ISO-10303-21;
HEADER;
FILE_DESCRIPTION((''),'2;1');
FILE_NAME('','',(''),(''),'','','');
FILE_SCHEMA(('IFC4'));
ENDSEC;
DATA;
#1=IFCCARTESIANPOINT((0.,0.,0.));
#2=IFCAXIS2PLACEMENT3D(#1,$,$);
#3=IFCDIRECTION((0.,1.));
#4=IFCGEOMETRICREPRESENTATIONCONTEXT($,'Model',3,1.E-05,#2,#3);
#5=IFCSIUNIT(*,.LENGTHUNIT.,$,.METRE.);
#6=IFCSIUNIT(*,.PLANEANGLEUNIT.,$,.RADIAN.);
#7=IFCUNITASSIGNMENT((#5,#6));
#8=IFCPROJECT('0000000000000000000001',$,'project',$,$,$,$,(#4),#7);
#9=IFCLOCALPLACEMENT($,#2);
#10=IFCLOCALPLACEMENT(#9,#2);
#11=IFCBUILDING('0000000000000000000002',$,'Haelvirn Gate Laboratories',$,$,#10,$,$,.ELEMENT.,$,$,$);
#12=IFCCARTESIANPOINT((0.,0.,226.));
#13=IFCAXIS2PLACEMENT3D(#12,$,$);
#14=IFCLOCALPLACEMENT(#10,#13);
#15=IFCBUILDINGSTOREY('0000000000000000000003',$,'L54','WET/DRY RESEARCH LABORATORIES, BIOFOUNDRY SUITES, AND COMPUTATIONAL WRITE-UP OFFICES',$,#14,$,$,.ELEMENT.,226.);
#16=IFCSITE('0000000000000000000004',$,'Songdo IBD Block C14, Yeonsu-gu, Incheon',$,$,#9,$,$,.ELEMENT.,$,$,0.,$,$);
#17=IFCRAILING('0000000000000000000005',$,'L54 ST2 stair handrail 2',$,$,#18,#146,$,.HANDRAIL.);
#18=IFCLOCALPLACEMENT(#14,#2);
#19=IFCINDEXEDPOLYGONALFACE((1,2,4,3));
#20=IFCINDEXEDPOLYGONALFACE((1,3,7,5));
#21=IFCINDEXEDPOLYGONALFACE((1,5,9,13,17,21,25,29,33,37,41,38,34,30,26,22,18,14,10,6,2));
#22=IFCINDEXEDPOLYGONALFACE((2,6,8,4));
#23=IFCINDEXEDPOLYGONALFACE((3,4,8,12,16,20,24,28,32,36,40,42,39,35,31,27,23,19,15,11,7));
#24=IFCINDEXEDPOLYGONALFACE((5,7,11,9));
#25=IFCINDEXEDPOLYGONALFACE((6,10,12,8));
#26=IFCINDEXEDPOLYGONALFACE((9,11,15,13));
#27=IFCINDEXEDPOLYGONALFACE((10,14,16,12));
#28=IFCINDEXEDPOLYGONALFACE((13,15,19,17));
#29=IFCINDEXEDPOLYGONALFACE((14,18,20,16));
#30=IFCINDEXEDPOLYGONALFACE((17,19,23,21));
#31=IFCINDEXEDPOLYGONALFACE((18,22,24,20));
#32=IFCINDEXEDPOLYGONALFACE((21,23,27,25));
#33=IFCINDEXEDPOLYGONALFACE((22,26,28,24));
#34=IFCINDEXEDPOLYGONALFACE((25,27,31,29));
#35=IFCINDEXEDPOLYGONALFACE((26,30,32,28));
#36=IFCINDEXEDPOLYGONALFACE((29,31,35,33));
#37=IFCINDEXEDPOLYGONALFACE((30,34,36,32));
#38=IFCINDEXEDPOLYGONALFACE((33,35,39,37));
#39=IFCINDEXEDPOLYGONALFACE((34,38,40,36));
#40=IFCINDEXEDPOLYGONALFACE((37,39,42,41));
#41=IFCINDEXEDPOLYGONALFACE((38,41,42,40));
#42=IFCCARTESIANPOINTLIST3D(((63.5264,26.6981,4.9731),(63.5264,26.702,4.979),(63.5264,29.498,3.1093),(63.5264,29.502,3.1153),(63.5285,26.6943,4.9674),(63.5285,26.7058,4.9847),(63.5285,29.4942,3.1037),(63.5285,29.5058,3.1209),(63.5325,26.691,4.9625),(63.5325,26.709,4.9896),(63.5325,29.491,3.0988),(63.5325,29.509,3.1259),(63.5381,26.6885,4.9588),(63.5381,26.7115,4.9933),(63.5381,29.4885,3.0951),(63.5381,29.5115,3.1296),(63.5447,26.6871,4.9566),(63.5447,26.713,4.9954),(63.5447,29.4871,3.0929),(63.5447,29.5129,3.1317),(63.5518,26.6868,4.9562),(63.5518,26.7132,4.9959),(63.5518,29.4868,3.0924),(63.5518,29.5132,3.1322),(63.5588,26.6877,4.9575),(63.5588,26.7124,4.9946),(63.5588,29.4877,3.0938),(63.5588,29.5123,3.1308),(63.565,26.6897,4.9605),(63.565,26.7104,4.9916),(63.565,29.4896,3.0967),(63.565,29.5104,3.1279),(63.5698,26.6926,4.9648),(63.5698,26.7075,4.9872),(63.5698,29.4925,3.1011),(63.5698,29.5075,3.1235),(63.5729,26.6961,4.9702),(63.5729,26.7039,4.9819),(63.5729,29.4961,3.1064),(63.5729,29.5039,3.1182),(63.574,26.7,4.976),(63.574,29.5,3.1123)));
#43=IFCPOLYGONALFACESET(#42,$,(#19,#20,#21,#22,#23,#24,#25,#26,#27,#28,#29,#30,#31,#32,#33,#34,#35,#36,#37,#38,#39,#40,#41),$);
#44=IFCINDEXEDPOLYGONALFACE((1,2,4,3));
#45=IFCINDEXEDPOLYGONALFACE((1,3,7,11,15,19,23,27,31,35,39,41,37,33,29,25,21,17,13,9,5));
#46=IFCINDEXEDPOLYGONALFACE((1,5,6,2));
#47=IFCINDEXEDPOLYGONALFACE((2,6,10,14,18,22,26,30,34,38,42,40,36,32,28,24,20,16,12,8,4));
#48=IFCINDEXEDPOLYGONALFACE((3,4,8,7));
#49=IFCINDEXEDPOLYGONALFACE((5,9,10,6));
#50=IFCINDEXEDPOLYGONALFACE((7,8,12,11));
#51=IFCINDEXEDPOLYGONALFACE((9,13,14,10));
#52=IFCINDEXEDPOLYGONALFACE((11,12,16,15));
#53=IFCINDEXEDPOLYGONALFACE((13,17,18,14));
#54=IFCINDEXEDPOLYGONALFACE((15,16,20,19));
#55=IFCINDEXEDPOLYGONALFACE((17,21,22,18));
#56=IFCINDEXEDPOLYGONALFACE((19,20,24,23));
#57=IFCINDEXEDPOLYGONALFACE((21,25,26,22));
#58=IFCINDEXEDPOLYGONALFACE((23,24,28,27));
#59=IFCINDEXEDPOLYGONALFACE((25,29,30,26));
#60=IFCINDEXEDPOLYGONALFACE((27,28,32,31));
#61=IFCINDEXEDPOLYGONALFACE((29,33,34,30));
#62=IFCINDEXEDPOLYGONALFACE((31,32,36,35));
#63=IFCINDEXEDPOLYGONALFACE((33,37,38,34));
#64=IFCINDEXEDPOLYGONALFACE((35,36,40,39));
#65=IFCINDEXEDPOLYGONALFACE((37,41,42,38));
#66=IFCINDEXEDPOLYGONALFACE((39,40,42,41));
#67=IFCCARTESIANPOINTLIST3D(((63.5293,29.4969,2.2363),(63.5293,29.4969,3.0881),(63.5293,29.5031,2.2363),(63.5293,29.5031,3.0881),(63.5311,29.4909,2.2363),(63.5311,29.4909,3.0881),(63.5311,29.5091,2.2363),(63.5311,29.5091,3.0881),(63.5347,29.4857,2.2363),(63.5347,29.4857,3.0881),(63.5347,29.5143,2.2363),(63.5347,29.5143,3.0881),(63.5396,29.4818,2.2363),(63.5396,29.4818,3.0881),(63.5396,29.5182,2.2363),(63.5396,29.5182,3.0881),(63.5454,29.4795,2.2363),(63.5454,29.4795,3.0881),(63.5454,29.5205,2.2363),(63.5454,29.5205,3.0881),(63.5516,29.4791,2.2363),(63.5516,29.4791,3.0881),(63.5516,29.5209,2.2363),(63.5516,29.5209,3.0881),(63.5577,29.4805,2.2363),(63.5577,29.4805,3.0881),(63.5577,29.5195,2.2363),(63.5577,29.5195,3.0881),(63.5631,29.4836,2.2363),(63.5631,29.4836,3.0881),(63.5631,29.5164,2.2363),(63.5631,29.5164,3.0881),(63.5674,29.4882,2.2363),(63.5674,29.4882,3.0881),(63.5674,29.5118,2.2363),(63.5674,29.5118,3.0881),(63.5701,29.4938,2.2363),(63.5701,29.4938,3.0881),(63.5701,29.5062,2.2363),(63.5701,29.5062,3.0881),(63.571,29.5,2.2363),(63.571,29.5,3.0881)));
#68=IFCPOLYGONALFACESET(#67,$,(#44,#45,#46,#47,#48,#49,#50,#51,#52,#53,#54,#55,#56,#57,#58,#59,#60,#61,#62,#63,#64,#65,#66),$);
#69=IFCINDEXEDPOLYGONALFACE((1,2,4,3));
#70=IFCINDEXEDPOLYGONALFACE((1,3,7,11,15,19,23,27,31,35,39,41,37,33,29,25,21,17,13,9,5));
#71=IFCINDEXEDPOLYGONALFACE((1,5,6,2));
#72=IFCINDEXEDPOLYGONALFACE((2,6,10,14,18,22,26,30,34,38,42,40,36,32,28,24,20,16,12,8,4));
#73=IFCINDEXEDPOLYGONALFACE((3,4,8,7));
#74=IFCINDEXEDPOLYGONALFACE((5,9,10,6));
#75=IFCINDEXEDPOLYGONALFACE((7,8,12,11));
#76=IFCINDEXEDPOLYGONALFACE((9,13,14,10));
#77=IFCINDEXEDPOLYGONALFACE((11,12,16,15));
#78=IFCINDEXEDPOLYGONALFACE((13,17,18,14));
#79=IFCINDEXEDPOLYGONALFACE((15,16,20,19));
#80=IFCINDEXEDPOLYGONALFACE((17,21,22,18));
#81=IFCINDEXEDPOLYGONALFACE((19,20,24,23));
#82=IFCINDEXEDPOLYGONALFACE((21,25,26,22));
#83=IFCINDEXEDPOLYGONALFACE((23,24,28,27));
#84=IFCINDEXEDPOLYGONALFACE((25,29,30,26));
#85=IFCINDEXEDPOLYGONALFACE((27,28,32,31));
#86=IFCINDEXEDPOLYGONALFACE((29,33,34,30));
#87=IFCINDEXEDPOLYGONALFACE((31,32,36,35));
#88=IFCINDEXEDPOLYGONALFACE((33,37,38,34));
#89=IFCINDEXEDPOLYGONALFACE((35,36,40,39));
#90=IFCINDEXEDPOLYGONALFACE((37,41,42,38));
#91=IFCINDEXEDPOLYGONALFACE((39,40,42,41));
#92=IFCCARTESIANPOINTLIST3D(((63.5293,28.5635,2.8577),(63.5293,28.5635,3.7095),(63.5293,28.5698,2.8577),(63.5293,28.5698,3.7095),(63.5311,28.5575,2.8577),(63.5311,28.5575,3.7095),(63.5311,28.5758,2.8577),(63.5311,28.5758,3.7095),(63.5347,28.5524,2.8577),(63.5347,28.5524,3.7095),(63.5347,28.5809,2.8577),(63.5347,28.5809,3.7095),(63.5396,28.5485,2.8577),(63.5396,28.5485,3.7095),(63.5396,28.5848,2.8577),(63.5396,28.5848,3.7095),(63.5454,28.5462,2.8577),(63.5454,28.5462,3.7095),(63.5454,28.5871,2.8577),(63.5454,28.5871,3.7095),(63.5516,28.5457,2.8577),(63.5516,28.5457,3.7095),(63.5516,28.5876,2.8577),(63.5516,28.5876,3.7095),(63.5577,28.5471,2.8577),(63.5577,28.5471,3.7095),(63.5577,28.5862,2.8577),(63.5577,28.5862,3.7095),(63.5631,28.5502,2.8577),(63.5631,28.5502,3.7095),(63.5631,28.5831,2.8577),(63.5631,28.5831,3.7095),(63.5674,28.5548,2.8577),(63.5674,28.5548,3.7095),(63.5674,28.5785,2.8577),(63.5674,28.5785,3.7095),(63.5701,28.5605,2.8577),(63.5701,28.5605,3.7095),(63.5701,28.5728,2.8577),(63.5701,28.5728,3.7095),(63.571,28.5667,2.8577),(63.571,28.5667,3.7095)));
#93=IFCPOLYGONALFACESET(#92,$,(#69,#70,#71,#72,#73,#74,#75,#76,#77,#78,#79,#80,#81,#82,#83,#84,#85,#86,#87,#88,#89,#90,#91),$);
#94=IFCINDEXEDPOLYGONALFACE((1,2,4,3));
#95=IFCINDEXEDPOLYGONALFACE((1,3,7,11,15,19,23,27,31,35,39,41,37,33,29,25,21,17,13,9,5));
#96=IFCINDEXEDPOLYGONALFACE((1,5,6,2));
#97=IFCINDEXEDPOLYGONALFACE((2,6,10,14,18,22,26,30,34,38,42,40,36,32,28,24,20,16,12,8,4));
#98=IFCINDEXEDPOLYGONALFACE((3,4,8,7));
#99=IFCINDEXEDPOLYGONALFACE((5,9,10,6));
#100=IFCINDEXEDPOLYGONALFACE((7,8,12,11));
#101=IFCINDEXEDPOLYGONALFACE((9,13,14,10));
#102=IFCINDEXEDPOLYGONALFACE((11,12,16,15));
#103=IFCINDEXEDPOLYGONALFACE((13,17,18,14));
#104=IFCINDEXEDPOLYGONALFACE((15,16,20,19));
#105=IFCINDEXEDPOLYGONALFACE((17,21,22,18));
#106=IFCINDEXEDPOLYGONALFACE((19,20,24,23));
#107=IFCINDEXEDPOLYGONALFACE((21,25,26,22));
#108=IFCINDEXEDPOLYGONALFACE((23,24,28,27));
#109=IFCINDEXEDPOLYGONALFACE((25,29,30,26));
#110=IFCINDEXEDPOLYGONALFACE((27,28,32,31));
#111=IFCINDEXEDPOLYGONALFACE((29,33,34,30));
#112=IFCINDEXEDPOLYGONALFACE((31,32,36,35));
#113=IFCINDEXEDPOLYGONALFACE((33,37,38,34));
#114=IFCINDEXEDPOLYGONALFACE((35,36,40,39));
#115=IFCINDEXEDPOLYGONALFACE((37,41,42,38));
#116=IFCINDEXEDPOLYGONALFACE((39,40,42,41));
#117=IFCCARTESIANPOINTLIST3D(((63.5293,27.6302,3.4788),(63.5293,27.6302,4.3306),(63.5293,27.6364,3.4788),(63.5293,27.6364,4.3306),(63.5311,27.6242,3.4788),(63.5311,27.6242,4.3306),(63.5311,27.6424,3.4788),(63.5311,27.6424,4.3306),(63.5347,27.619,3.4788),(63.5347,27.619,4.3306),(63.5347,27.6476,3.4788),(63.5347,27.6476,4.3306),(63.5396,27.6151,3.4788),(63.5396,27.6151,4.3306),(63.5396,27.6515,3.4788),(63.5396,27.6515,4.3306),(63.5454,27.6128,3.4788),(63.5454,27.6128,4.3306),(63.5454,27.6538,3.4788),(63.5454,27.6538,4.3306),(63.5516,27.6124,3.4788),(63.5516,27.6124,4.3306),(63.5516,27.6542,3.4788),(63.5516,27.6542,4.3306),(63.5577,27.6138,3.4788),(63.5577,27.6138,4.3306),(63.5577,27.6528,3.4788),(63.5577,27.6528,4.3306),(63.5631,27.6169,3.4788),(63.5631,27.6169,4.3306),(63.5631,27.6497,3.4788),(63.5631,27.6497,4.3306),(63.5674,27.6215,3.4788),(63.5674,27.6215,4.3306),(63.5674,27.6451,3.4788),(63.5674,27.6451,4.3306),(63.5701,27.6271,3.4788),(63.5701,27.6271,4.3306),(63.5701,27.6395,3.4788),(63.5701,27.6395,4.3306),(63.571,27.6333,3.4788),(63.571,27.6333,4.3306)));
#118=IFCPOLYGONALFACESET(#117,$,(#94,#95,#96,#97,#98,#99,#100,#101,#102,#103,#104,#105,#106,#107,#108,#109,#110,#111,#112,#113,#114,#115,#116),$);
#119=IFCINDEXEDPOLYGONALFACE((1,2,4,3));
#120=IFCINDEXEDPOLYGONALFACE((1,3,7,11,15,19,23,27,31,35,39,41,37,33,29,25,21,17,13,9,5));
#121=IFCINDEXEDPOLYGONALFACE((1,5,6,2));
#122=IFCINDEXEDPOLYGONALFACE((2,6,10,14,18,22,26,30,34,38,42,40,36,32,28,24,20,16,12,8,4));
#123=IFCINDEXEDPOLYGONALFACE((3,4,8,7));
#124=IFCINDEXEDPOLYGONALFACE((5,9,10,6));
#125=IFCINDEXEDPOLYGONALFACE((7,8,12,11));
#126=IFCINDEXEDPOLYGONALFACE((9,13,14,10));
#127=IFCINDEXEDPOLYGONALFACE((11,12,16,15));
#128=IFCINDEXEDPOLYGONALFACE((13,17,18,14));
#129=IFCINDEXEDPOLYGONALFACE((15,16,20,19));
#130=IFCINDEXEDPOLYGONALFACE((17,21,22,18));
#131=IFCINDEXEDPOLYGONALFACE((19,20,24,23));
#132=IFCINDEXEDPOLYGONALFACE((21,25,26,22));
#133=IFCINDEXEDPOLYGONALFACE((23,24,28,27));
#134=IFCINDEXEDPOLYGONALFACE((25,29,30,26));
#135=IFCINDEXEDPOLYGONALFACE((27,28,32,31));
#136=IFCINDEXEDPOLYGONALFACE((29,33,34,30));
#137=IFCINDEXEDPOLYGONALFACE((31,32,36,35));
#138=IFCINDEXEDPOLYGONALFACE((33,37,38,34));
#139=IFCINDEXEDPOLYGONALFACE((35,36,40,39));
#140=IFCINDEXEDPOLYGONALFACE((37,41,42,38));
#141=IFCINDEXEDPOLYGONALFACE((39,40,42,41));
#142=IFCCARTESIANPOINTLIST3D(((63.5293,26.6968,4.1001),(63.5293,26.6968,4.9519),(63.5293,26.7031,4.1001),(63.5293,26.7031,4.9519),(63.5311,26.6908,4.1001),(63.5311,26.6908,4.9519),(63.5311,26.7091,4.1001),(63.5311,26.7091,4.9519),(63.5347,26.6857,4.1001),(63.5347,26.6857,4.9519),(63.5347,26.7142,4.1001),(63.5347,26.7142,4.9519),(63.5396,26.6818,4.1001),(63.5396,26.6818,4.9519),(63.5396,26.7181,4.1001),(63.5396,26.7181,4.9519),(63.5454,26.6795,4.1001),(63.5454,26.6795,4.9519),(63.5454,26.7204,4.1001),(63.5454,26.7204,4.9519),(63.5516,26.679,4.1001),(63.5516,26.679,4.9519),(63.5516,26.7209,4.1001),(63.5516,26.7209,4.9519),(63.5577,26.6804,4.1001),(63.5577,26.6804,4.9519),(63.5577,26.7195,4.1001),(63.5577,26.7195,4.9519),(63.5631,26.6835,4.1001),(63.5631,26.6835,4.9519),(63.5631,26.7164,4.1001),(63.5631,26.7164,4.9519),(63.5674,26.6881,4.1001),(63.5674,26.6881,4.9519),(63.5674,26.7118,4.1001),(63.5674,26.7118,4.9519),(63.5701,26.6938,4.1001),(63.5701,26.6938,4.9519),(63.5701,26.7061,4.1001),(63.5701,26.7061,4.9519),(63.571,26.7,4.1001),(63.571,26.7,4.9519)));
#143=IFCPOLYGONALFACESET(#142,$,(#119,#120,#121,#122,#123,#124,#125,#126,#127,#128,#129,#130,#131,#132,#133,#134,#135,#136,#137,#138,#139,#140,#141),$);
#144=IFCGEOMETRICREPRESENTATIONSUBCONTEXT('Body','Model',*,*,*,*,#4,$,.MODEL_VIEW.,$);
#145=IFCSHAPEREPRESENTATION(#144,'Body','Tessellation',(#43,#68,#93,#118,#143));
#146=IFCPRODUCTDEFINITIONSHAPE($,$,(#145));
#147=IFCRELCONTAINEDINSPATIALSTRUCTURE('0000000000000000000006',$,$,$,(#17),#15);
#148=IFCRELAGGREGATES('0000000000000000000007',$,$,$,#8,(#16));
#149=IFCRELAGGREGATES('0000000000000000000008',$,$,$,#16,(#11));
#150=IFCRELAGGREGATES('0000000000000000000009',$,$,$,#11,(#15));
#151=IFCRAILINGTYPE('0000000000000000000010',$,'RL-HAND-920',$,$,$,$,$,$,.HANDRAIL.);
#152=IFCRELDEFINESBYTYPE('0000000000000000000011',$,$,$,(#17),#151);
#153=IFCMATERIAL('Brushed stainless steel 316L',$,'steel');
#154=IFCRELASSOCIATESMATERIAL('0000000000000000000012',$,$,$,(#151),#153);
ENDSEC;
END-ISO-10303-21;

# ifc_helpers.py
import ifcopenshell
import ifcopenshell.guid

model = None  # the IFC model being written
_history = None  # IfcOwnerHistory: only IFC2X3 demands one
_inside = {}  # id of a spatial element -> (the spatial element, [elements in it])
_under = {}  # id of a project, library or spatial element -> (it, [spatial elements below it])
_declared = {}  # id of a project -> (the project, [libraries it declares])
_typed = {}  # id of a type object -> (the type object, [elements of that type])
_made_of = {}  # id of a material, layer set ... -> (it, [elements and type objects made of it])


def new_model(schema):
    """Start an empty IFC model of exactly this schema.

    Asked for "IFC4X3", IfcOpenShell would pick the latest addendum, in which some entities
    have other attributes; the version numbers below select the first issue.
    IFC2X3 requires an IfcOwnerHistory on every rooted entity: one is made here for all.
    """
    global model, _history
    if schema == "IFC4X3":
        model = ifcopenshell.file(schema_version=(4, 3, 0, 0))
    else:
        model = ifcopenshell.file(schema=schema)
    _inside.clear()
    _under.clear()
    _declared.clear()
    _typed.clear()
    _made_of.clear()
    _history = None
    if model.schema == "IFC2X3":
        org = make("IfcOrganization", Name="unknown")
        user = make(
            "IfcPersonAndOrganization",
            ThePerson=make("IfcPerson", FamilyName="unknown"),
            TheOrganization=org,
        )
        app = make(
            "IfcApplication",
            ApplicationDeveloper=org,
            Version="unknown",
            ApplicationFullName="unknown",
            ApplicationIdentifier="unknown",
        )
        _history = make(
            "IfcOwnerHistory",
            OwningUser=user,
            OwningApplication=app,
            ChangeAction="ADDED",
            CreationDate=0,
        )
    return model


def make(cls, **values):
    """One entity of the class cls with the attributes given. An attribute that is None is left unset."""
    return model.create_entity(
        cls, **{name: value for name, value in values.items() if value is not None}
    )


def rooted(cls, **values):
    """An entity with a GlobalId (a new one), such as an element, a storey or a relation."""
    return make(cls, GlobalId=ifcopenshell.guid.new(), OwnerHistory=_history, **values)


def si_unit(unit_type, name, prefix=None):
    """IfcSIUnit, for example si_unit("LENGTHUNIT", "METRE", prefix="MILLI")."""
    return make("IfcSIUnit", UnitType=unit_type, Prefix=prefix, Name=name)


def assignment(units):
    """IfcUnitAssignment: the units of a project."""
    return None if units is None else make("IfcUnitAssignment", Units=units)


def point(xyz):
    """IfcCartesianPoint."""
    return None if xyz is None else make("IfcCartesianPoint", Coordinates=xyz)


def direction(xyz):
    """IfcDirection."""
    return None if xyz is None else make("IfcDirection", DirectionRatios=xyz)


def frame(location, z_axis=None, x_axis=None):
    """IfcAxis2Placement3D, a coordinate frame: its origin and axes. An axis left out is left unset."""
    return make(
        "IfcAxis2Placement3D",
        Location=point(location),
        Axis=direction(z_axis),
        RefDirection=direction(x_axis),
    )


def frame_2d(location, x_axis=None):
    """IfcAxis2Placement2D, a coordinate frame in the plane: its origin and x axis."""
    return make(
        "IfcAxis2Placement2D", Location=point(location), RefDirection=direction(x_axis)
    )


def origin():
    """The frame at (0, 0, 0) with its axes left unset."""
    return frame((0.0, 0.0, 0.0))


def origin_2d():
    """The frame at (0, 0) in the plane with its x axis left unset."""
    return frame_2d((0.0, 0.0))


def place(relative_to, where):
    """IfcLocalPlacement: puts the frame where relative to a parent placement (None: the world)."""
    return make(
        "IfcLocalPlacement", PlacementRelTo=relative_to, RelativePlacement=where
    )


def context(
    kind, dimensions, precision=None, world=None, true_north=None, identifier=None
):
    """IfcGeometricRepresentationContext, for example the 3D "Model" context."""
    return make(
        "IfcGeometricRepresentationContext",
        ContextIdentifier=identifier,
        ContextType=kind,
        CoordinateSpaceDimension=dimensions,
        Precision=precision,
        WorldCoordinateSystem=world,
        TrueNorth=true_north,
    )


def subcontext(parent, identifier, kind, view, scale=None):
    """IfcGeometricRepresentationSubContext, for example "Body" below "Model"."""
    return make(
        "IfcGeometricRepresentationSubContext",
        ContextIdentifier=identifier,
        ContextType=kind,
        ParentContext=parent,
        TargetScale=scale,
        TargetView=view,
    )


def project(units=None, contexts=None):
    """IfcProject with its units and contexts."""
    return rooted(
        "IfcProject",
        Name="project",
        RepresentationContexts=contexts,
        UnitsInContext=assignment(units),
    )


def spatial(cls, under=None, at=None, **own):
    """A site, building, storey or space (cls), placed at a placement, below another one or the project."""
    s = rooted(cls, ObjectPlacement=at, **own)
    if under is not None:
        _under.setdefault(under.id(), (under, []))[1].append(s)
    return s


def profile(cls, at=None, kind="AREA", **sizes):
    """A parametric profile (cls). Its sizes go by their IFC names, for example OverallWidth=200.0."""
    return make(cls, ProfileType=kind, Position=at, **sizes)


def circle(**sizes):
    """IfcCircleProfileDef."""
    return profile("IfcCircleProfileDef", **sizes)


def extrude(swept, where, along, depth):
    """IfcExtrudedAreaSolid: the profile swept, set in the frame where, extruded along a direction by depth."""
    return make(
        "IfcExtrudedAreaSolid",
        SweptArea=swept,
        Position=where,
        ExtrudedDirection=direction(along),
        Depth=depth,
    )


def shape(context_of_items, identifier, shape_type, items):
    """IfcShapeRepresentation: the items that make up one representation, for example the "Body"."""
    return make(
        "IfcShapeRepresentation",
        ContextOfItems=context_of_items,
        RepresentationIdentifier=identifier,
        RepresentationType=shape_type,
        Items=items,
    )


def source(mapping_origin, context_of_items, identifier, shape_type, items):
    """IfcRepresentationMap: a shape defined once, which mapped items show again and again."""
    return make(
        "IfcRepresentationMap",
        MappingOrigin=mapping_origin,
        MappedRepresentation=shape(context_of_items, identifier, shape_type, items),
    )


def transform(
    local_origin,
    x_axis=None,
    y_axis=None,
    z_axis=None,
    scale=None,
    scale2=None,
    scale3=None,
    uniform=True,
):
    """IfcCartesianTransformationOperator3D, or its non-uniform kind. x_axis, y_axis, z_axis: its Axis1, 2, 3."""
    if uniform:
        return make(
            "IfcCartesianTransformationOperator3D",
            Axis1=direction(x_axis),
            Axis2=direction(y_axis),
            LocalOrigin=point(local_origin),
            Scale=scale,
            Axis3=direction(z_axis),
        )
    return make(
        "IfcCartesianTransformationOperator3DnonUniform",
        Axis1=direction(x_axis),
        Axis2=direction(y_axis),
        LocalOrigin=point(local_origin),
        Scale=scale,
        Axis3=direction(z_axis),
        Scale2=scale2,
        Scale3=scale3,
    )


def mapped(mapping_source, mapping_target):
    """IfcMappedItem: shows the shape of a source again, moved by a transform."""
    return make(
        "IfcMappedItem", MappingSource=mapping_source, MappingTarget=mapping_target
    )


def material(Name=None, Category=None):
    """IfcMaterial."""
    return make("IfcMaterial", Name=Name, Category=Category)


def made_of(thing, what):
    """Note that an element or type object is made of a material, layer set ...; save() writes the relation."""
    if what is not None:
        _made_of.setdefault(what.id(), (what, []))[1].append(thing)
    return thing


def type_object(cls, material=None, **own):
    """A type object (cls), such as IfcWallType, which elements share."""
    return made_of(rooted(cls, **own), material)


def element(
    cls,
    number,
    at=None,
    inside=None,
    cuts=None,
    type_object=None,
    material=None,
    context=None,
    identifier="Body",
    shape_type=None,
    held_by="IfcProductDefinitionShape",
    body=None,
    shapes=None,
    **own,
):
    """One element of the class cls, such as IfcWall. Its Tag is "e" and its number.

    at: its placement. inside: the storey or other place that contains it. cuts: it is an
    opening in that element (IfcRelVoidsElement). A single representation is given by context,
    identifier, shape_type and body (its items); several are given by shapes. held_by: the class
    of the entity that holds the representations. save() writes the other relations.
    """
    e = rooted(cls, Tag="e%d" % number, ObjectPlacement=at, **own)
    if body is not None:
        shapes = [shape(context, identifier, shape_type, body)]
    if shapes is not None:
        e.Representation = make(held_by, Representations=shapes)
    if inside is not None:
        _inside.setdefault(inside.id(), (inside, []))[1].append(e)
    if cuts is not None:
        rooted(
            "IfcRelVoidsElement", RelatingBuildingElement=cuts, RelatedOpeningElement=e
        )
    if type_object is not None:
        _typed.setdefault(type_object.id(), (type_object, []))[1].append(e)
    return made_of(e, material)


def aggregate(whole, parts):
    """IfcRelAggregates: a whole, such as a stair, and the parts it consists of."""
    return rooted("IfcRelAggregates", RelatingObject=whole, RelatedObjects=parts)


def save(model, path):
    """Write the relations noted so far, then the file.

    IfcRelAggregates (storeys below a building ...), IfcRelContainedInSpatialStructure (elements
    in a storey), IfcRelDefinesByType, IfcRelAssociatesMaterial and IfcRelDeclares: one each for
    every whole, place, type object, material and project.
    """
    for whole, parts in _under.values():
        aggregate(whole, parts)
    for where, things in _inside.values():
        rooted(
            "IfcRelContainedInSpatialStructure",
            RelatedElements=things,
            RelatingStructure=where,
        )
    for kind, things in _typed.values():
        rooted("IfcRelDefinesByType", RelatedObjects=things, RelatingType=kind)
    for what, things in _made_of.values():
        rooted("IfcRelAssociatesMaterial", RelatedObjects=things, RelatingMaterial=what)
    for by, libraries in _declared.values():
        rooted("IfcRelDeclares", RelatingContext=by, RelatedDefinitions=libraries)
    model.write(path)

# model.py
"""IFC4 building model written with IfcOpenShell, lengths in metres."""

from ifc_helpers import new_model, si_unit, direction, frame, origin, origin_2d, place, context, subcontext, project, spatial, circle, extrude, source, transform, mapped, material, type_object, element, save


model = new_model("IFC4")

# Units and contexts
model_context = context("Model", 3, precision=1e-05, world=origin(), true_north=direction((0.0, 1.0)))
body_context = subcontext(model_context, "Body", "Model", "MODEL_VIEW")
ifc_project = project(units=[si_unit("LENGTHUNIT", "METRE"), si_unit("PLANEANGLEUNIT", "RADIAN")], contexts=[model_context])

# Site, building, storey
site_placement = place(None, origin())
site = spatial("IfcSite", under=ifc_project, at=site_placement, Name="Songdo IBD Block C14, Yeonsu-gu, Incheon", CompositionType="ELEMENT", RefElevation=0.0)
building_placement = place(site_placement, origin())
building = spatial("IfcBuilding", under=site, at=building_placement, Name="Haelvirn Gate Laboratories", CompositionType="ELEMENT")
storey_placement = place(building_placement, frame((0.0, 0.0, 226.0)))
storey = spatial("IfcBuildingStorey", under=building, at=storey_placement, Name="L54", Description="WET/DRY RESEARCH LABORATORIES, BIOFOUNDRY SUITES, AND COMPUTATIONAL WRITE-UP OFFICES", CompositionType="ELEMENT", Elevation=226.0)

# Railing
ifc_material_1 = material(Name="Brushed stainless steel 316L", Category="steel")
railing_type_1 = type_object("IfcRailingType", Name="RL-HAND-920", PredefinedType="HANDRAIL", material=ifc_material_1)
shared_shape_1 = source(origin(), body_context, "Body", "SweptSolid", [
    extrude(circle(Radius=0.0239, at=origin_2d()), frame((0.0, 0.0, 0.876), z_axis=(0.0, -0.832452, 0.554097), x_axis=(1.0, 0.0, 0.0)), (0.0, 0.0, 1.0), 3.3635),
    extrude(circle(Radius=0.021, at=origin_2d()), origin(), (0.0, 0.0, 1.0), 0.8518),
    extrude(circle(Radius=0.021, at=origin_2d()), frame((0.0, -0.9333, 0.6213)), (0.0, 0.0, 1.0), 0.8518),
    extrude(circle(Radius=0.021, at=origin_2d()), frame((0.0, -1.8667, 1.2424)), (0.0, 0.0, 1.0), 0.8518),
    extrude(circle(Radius=0.021, at=origin_2d()), frame((0.0, -2.8, 1.8638)), (0.0, 0.0, 1.0), 0.8518),
])
railing_1_placement = place(storey_placement, frame((63.55, 29.5, 2.2363)))
element("IfcRailing", 1, at=railing_1_placement, inside=storey, type_object=railing_type_1, Name="L54 ST2 stair handrail 2", PredefinedType="HANDRAIL", context=body_context, shape_type="MappedRepresentation", body=[
    mapped(shared_shape_1, transform((0.0, 0.0, 0.0), scale=1.0)),
])

save(model, "model.ifc")
